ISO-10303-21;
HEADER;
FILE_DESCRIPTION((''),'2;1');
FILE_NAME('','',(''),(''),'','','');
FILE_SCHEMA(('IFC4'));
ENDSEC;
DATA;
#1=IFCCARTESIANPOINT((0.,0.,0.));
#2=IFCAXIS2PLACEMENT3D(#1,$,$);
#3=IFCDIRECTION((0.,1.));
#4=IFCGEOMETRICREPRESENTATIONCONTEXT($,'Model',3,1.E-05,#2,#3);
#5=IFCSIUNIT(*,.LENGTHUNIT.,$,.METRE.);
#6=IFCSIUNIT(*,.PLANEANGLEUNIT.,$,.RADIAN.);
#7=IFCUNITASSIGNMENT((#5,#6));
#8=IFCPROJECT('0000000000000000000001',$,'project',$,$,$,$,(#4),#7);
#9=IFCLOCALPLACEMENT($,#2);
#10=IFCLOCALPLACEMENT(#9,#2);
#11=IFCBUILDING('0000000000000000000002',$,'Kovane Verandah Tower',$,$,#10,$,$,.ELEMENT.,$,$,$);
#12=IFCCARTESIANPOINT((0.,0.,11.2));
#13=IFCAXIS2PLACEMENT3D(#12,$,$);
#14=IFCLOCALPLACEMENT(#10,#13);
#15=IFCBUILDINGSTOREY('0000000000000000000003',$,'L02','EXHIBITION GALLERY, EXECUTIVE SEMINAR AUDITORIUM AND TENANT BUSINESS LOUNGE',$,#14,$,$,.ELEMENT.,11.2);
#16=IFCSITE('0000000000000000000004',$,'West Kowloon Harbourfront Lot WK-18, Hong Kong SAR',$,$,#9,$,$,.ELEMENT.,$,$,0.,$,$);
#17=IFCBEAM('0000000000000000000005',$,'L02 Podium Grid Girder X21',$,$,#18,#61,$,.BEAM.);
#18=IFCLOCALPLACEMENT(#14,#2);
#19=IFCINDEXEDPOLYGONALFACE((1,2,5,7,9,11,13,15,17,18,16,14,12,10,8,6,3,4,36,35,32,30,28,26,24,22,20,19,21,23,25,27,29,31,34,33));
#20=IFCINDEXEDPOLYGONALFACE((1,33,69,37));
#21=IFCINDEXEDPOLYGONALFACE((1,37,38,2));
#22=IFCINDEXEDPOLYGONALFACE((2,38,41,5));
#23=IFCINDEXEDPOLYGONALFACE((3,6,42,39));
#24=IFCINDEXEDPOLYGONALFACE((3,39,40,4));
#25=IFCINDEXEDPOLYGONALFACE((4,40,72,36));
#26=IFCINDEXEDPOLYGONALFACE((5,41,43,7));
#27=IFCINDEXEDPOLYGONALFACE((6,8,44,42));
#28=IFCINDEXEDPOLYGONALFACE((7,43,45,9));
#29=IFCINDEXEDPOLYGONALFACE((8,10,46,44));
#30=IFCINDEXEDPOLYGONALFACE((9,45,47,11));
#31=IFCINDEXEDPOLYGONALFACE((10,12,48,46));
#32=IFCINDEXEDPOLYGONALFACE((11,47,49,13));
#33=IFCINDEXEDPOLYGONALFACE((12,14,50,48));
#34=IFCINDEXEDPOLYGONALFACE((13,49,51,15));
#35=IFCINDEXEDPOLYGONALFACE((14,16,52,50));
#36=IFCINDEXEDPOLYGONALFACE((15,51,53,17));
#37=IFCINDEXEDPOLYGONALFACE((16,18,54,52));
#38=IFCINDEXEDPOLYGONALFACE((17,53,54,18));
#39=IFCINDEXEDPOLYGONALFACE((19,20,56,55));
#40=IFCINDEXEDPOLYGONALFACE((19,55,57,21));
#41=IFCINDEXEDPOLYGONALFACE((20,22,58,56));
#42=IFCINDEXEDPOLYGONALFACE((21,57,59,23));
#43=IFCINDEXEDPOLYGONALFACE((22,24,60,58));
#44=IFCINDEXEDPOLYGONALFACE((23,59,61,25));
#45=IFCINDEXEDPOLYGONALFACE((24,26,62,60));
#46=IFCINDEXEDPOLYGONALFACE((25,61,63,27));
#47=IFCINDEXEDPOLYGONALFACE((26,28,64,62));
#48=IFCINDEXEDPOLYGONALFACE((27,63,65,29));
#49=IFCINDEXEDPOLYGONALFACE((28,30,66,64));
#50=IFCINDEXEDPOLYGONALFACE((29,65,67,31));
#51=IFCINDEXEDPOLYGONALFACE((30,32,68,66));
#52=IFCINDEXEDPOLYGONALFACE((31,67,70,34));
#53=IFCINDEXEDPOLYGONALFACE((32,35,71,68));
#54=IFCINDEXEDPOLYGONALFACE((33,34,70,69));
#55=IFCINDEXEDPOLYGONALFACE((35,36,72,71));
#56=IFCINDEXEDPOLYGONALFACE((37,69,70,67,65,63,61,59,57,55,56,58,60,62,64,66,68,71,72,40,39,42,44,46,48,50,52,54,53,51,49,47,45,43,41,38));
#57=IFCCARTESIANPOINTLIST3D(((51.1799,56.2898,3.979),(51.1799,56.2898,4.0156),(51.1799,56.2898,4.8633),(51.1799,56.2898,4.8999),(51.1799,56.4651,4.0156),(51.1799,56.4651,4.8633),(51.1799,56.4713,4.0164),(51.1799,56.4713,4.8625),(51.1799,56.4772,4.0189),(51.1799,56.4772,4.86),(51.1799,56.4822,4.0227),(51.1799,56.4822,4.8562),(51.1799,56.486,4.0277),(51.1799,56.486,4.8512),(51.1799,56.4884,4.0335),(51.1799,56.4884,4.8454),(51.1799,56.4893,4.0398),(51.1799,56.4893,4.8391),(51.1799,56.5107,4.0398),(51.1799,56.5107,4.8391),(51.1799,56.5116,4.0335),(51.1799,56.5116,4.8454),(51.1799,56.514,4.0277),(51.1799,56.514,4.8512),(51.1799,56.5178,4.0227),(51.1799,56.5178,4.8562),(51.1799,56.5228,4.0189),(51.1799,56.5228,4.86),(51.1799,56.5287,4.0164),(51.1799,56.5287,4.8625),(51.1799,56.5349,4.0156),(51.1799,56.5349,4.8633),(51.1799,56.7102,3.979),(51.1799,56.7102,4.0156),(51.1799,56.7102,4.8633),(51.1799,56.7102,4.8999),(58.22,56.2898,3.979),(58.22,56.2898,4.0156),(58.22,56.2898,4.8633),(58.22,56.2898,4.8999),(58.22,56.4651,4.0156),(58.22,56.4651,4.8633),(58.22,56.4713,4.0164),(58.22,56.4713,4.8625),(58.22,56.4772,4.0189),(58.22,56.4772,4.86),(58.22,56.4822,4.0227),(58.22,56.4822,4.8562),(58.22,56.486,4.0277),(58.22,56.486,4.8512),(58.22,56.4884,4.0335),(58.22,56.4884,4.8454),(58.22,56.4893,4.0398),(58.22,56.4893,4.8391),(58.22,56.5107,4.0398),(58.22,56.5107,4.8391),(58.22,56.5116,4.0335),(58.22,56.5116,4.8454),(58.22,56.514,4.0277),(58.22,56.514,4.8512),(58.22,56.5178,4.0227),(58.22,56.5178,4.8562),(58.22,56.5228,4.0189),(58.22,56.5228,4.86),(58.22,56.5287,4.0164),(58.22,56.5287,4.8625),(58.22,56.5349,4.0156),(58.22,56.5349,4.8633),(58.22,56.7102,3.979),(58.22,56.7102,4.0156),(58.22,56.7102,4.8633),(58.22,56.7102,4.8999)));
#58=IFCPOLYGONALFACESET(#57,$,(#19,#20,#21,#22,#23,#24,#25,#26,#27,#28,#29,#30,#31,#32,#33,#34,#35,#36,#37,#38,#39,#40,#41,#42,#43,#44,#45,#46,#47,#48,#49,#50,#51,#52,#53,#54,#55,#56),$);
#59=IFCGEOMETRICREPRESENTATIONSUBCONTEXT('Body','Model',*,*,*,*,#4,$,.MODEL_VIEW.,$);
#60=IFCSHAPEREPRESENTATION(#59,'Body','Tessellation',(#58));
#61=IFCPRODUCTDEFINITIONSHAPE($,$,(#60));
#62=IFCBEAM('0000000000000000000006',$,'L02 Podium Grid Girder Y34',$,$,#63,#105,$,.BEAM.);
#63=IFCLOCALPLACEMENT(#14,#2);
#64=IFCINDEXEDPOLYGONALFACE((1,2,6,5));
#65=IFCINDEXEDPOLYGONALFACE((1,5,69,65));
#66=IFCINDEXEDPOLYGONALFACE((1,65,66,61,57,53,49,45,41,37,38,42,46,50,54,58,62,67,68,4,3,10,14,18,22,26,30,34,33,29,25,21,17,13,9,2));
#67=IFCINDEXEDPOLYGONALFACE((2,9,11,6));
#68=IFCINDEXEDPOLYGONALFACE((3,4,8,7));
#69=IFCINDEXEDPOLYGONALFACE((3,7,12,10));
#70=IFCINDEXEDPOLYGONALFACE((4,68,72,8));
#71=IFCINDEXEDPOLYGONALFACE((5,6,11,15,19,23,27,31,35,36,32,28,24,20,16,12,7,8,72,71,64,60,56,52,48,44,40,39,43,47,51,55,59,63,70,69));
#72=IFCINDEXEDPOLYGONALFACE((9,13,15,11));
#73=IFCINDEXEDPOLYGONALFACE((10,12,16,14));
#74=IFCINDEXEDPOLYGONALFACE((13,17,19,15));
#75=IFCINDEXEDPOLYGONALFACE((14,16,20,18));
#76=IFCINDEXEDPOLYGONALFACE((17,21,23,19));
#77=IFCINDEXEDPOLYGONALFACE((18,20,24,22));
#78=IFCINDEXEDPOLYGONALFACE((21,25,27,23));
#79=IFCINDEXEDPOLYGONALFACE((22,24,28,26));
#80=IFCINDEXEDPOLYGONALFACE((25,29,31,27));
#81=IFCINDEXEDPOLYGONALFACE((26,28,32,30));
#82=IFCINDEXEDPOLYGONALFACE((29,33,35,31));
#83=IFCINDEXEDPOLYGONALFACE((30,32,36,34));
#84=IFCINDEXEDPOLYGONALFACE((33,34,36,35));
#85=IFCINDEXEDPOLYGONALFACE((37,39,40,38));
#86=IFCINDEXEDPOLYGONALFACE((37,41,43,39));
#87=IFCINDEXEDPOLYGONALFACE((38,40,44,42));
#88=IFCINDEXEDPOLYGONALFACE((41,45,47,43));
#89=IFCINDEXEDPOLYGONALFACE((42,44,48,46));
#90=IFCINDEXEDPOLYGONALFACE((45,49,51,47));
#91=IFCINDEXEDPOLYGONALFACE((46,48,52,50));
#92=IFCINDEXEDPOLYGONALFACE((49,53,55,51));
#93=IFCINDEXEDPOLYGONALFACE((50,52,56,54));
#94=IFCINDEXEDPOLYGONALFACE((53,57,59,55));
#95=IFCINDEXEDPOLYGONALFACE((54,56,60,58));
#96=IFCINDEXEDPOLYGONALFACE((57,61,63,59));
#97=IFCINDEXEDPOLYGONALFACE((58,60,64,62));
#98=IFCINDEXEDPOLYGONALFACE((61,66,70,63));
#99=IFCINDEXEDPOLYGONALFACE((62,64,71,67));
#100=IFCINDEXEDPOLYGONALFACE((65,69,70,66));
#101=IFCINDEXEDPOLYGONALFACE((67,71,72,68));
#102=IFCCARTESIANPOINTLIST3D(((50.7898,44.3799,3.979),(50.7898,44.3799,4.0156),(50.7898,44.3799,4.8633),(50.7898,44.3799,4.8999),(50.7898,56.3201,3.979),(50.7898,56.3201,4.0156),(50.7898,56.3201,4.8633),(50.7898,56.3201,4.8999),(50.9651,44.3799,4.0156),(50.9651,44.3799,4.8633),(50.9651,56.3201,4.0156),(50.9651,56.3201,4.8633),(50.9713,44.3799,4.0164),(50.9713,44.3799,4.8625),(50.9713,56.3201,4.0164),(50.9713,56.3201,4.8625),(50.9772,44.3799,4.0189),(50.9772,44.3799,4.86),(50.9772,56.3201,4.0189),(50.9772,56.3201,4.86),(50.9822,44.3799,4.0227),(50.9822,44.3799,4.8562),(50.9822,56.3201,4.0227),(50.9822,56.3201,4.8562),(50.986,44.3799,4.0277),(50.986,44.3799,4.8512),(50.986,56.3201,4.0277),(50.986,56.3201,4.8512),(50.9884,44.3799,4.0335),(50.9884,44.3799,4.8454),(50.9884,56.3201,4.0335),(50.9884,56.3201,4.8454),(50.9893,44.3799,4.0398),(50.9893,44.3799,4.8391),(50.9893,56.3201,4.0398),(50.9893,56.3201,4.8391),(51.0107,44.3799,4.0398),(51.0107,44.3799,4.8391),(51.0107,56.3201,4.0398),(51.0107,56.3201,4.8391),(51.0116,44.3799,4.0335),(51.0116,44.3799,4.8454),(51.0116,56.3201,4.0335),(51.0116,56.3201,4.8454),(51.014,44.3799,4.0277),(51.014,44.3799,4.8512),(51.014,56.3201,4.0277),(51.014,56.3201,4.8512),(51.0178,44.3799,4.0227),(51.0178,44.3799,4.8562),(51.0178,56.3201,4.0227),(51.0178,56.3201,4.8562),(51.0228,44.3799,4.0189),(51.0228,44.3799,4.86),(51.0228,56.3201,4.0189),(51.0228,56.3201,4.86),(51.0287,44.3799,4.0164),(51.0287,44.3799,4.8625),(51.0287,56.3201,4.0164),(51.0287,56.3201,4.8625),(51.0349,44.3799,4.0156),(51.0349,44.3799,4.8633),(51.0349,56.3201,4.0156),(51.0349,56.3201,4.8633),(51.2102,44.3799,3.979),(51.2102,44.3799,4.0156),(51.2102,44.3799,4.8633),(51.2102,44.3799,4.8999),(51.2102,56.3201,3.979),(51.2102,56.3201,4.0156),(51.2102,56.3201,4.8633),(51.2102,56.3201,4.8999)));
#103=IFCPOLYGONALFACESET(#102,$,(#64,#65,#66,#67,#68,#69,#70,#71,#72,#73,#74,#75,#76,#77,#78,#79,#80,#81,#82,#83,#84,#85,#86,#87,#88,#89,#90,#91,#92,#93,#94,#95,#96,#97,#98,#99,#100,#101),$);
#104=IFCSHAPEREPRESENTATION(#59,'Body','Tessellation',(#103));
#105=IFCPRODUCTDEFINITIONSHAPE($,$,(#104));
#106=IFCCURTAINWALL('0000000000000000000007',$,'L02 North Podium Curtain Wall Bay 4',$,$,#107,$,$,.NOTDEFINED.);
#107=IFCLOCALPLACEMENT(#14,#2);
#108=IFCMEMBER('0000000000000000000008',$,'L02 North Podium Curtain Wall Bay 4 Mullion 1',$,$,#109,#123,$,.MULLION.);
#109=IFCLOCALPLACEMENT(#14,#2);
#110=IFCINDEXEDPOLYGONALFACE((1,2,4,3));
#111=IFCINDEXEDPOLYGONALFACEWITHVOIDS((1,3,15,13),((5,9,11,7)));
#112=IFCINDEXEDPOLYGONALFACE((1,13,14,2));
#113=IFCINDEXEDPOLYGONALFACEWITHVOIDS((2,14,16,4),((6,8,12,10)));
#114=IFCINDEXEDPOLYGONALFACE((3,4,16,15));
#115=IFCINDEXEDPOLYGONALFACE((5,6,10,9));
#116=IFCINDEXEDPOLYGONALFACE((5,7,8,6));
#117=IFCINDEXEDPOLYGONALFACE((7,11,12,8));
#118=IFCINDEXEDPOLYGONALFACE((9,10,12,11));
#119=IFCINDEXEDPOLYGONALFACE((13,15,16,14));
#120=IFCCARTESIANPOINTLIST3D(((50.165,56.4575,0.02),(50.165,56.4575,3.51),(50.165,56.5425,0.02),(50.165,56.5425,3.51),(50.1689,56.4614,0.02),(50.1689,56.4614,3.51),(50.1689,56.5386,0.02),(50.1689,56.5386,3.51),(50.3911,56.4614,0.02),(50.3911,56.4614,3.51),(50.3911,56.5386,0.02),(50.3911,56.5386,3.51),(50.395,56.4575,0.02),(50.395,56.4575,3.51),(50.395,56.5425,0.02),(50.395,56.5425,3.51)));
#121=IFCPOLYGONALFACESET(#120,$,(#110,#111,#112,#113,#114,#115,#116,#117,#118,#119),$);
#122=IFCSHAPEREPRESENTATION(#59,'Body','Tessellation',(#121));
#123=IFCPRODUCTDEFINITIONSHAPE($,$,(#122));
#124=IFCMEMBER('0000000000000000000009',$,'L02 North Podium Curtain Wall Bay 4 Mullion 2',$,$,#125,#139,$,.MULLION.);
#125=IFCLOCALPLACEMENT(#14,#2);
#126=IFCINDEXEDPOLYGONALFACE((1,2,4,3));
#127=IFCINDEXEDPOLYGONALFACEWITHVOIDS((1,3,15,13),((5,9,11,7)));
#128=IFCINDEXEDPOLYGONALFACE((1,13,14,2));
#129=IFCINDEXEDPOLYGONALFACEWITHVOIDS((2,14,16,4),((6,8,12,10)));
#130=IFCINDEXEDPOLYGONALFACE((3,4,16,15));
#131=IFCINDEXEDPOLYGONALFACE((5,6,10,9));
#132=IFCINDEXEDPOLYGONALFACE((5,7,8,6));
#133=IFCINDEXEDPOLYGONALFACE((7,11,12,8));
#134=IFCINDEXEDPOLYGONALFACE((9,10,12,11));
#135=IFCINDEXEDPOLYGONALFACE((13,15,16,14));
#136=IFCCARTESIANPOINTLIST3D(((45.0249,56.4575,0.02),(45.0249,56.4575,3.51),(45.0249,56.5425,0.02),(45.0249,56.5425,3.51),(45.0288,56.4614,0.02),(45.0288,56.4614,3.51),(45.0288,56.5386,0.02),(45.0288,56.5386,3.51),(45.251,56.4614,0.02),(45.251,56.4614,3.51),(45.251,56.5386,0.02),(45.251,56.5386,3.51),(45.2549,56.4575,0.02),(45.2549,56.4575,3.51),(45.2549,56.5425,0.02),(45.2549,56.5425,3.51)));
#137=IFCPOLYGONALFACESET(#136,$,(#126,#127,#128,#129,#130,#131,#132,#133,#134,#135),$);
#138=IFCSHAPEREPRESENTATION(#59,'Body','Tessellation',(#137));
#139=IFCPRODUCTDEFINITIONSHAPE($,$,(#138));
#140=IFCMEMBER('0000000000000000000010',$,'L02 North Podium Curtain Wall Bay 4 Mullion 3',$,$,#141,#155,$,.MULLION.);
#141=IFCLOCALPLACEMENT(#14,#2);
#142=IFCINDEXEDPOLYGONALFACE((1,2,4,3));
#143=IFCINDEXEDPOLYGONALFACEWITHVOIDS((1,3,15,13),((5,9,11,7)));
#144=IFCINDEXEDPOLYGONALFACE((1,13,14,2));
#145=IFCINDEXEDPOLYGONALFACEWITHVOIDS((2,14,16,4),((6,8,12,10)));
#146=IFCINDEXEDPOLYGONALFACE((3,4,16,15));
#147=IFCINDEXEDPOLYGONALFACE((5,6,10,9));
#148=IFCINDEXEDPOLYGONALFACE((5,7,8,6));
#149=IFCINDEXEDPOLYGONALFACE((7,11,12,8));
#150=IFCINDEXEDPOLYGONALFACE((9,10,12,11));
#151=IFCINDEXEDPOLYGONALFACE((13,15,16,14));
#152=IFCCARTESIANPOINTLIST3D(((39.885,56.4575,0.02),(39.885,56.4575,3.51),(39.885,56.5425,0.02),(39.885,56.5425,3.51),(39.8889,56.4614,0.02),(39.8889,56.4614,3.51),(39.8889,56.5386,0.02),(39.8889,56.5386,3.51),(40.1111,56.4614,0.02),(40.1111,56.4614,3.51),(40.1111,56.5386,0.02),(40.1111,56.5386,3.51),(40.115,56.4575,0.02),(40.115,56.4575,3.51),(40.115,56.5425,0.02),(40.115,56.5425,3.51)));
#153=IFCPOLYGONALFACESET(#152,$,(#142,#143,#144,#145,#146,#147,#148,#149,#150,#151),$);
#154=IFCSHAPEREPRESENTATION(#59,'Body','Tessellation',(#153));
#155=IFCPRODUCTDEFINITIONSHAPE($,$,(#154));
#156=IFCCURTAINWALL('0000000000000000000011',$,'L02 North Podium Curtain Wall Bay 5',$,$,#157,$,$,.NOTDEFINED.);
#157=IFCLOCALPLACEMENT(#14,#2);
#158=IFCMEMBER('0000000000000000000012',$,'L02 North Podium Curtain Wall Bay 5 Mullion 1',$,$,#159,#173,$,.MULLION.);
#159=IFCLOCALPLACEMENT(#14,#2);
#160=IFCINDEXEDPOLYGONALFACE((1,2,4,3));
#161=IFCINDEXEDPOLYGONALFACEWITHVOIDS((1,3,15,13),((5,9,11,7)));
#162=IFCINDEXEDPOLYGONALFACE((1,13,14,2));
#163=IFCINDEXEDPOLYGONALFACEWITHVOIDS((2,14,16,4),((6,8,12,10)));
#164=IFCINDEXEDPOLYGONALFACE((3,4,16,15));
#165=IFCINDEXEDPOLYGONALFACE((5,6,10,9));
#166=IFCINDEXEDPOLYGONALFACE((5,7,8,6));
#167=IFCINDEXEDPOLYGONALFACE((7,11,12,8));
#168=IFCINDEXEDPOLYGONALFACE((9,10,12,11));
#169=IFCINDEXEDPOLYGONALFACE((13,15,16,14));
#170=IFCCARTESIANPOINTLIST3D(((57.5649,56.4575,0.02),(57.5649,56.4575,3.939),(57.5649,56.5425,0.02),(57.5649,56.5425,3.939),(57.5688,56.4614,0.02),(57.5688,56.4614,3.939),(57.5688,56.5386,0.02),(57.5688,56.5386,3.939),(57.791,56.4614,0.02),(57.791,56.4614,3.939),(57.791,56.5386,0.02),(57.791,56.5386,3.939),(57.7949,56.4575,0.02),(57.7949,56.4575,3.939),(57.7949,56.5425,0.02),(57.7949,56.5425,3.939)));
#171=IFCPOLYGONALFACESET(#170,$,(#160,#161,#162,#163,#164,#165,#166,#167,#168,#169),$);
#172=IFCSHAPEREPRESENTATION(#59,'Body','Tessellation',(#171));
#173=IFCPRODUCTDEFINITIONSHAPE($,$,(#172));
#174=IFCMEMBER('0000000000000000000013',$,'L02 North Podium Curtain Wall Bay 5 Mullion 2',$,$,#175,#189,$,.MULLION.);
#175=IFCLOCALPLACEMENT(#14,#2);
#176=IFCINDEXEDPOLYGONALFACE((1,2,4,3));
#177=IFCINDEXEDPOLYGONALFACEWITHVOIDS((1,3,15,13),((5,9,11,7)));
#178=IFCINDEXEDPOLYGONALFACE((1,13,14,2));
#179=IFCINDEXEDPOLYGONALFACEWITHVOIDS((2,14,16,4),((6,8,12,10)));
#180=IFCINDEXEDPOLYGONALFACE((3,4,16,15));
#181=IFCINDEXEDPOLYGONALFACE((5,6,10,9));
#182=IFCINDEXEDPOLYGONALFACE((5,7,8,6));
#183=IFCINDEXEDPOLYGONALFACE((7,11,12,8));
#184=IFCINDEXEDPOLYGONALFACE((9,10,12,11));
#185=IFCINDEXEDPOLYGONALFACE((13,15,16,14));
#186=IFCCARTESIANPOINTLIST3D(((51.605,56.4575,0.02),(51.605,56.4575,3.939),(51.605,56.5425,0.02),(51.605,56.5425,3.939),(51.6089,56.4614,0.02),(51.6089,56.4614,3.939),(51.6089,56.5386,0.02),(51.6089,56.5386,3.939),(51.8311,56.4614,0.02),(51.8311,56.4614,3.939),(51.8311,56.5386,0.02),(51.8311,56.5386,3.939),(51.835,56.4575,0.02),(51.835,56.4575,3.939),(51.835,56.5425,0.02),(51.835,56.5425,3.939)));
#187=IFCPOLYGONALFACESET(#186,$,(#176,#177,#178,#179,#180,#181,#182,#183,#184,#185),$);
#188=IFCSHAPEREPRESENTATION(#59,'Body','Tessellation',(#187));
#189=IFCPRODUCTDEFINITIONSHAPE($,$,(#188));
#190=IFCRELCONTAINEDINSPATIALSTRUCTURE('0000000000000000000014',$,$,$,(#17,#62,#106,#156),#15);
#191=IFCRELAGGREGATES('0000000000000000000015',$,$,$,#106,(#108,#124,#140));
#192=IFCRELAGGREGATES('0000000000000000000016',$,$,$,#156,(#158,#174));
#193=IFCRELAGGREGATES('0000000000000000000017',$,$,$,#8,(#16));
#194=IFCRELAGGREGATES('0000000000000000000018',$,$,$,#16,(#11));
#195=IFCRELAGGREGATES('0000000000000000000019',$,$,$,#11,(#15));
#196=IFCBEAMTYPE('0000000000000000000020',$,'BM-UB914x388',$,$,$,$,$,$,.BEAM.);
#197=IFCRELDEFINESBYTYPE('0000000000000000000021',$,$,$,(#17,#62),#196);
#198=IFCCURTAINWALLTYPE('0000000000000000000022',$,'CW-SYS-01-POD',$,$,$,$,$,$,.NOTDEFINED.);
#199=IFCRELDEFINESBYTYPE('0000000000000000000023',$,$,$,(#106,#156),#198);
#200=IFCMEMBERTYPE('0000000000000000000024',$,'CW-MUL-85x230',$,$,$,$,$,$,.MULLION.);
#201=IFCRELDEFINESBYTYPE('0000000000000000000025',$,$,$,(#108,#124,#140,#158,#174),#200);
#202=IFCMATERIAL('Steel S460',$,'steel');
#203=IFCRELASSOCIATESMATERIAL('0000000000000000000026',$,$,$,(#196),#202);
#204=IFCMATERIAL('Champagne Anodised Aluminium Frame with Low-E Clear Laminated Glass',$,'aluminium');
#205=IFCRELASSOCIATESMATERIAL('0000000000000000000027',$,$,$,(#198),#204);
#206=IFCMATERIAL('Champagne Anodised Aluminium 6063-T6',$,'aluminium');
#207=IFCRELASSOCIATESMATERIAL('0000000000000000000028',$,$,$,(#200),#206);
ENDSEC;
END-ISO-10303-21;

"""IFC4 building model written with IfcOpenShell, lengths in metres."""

from ifc_helpers import new_model, si_unit, direction, frame, origin, origin_2d, place, context, subcontext, project, spatial, hollow_rectangle, i_section, extrude, material, material_profile, profile_set, type_object, element, aggregate, save


model = new_model("IFC4")

# Units and contexts
model_context = context("Model", 3, precision=1e-05, world=origin(), true_north=direction((0.0, 1.0)))
body_context = subcontext(model_context, "Body", "Model", "MODEL_VIEW")
ifc_project = project(units=[si_unit("LENGTHUNIT", "METRE"), si_unit("PLANEANGLEUNIT", "RADIAN")], contexts=[model_context])

# Site, building, storey
site_placement = place(None, origin())
site = spatial("IfcSite", under=ifc_project, at=site_placement, Name="West Kowloon Harbourfront Lot WK-18, Hong Kong SAR", CompositionType="ELEMENT", RefElevation=0.0)
building_placement = place(site_placement, origin())
building = spatial("IfcBuilding", under=site, at=building_placement, Name="Kovane Verandah Tower", CompositionType="ELEMENT")
storey_placement = place(building_placement, frame((0.0, 0.0, 11.2)))
storey = spatial("IfcBuildingStorey", under=building, at=storey_placement, Name="L02", Description="EXHIBITION GALLERY, EXECUTIVE SEMINAR AUDITORIUM AND TENANT BUSINESS LOUNGE", CompositionType="ELEMENT", Elevation=11.2)

# Shared definitions
ifc_material_1 = material(Name="Steel S460", Category="steel")

# Beams
ifc_material_profile_1 = material_profile(ifc_material_1, i_section(OverallWidth=0.4204, OverallDepth=0.9209, WebThickness=0.0215, FlangeThickness=0.0366, FilletRadius=0.0242, at=origin_2d()), Name="UB914x419x388")
ifc_profile_set_1 = profile_set([ifc_material_profile_1], Name="Steel S460")
beam_type_1 = type_object("IfcBeamType", Name="BM-UB914x388", PredefinedType="BEAM", material=ifc_profile_set_1)
beam_1_placement = place(storey_placement, frame((51.1799, 56.5, 4.4395), z_axis=(1.0, 0.0, 0.0), x_axis=(0.0, 1.0, 0.0)))
element("IfcBeam", 1, at=beam_1_placement, inside=storey, type_object=beam_type_1, Name="L02 Podium Grid Girder X21", PredefinedType="BEAM", context=body_context, shape_type="SweptSolid", body=[
    extrude(i_section(OverallWidth=0.4204, OverallDepth=0.9209, WebThickness=0.0215, FlangeThickness=0.0366, FilletRadius=0.0242, at=origin_2d()), origin(), (0.0, 0.0, 1.0), 7.04),
])
beam_2_placement = place(storey_placement, frame((51.0, 44.3799, 4.4395), z_axis=(0.0, 1.0, 0.0), x_axis=(-1.0, 0.0, 0.0)))
element("IfcBeam", 2, at=beam_2_placement, inside=storey, type_object=beam_type_1, Name="L02 Podium Grid Girder Y34", PredefinedType="BEAM", context=body_context, shape_type="SweptSolid", body=[
    extrude(i_section(OverallWidth=0.4204, OverallDepth=0.9209, WebThickness=0.0215, FlangeThickness=0.0366, FilletRadius=0.0242, at=origin_2d()), origin(), (0.0, 0.0, 1.0), 11.9402),
])

# Curtain walls, members
ifc_material_2 = material(Name="Champagne Anodised Aluminium Frame with Low-E Clear Laminated Glass", Category="aluminium")
curtain_wall_type = type_object("IfcCurtainWallType", Name="CW-SYS-01-POD", PredefinedType="NOTDEFINED", material=ifc_material_2)
curtain_wall_1_placement = place(storey_placement, origin())
curtain_wall_1 = element("IfcCurtainWall", 3, at=curtain_wall_1_placement, inside=storey, type_object=curtain_wall_type, Name="L02 North Podium Curtain Wall Bay 4", PredefinedType="NOTDEFINED")
ifc_material_3 = material(Name="Champagne Anodised Aluminium 6063-T6", Category="aluminium")
ifc_material_profile_2 = material_profile(ifc_material_3, hollow_rectangle(XDim=0.085, YDim=0.23, WallThickness=0.0039, at=origin_2d()), Name="AL85x230x4")
ifc_profile_set_2 = profile_set([ifc_material_profile_2], Name="Champagne Anodised Aluminium 6063-T6")
member_type_1 = type_object("IfcMemberType", Name="CW-MUL-85x230", PredefinedType="MULLION", material=ifc_profile_set_2)
member_1_placement = place(storey_placement, frame((50.28, 56.5, 0.02), z_axis=(0.0, 0.0, 1.0), x_axis=(0.0, 1.0, 0.0)))
member_1 = element("IfcMember", 4, at=member_1_placement, type_object=member_type_1, Name="L02 North Podium Curtain Wall Bay 4 Mullion 1", PredefinedType="MULLION", context=body_context, shape_type="SweptSolid", body=[
    extrude(hollow_rectangle(XDim=0.085, YDim=0.23, WallThickness=0.0039, at=origin_2d()), origin(), (0.0, 0.0, 1.0), 3.49),
])
member_2_placement = place(storey_placement, frame((45.1399, 56.5, 0.02), z_axis=(0.0, 0.0, 1.0), x_axis=(0.0, 1.0, 0.0)))
member_2 = element("IfcMember", 5, at=member_2_placement, type_object=member_type_1, Name="L02 North Podium Curtain Wall Bay 4 Mullion 2", PredefinedType="MULLION", context=body_context, shape_type="SweptSolid", body=[
    extrude(hollow_rectangle(XDim=0.085, YDim=0.23, WallThickness=0.0039, at=origin_2d()), origin(), (0.0, 0.0, 1.0), 3.49),
])
member_3_placement = place(storey_placement, frame((40.0, 56.5, 0.02), z_axis=(0.0, 0.0, 1.0), x_axis=(0.0, 1.0, 0.0)))
member_3 = element("IfcMember", 6, at=member_3_placement, type_object=member_type_1, Name="L02 North Podium Curtain Wall Bay 4 Mullion 3", PredefinedType="MULLION", context=body_context, shape_type="SweptSolid", body=[
    extrude(hollow_rectangle(XDim=0.085, YDim=0.23, WallThickness=0.0039, at=origin_2d()), origin(), (0.0, 0.0, 1.0), 3.49),
])
curtain_wall_2_placement = place(storey_placement, origin())
curtain_wall_2 = element("IfcCurtainWall", 7, at=curtain_wall_2_placement, inside=storey, type_object=curtain_wall_type, Name="L02 North Podium Curtain Wall Bay 5", PredefinedType="NOTDEFINED")
member_4_placement = place(storey_placement, frame((57.6799, 56.5, 0.02), z_axis=(0.0, 0.0, 1.0), x_axis=(0.0, 1.0, 0.0)))
member_4 = element("IfcMember", 8, at=member_4_placement, type_object=member_type_1, Name="L02 North Podium Curtain Wall Bay 5 Mullion 1", PredefinedType="MULLION", context=body_context, shape_type="SweptSolid", body=[
    extrude(hollow_rectangle(XDim=0.085, YDim=0.23, WallThickness=0.0039, at=origin_2d()), origin(), (0.0, 0.0, 1.0), 3.9189),
])
member_5_placement = place(storey_placement, frame((51.72, 56.5, 0.02), z_axis=(0.0, 0.0, 1.0), x_axis=(0.0, 1.0, 0.0)))
member_5 = element("IfcMember", 9, at=member_5_placement, type_object=member_type_1, Name="L02 North Podium Curtain Wall Bay 5 Mullion 2", PredefinedType="MULLION", context=body_context, shape_type="SweptSolid", body=[
    extrude(hollow_rectangle(XDim=0.085, YDim=0.23, WallThickness=0.0039, at=origin_2d()), origin(), (0.0, 0.0, 1.0), 3.9189),
])

aggregate(curtain_wall_1, [member_1, member_2, member_3])
aggregate(curtain_wall_2, [member_4, member_5])

save(model, "model.ifc")
